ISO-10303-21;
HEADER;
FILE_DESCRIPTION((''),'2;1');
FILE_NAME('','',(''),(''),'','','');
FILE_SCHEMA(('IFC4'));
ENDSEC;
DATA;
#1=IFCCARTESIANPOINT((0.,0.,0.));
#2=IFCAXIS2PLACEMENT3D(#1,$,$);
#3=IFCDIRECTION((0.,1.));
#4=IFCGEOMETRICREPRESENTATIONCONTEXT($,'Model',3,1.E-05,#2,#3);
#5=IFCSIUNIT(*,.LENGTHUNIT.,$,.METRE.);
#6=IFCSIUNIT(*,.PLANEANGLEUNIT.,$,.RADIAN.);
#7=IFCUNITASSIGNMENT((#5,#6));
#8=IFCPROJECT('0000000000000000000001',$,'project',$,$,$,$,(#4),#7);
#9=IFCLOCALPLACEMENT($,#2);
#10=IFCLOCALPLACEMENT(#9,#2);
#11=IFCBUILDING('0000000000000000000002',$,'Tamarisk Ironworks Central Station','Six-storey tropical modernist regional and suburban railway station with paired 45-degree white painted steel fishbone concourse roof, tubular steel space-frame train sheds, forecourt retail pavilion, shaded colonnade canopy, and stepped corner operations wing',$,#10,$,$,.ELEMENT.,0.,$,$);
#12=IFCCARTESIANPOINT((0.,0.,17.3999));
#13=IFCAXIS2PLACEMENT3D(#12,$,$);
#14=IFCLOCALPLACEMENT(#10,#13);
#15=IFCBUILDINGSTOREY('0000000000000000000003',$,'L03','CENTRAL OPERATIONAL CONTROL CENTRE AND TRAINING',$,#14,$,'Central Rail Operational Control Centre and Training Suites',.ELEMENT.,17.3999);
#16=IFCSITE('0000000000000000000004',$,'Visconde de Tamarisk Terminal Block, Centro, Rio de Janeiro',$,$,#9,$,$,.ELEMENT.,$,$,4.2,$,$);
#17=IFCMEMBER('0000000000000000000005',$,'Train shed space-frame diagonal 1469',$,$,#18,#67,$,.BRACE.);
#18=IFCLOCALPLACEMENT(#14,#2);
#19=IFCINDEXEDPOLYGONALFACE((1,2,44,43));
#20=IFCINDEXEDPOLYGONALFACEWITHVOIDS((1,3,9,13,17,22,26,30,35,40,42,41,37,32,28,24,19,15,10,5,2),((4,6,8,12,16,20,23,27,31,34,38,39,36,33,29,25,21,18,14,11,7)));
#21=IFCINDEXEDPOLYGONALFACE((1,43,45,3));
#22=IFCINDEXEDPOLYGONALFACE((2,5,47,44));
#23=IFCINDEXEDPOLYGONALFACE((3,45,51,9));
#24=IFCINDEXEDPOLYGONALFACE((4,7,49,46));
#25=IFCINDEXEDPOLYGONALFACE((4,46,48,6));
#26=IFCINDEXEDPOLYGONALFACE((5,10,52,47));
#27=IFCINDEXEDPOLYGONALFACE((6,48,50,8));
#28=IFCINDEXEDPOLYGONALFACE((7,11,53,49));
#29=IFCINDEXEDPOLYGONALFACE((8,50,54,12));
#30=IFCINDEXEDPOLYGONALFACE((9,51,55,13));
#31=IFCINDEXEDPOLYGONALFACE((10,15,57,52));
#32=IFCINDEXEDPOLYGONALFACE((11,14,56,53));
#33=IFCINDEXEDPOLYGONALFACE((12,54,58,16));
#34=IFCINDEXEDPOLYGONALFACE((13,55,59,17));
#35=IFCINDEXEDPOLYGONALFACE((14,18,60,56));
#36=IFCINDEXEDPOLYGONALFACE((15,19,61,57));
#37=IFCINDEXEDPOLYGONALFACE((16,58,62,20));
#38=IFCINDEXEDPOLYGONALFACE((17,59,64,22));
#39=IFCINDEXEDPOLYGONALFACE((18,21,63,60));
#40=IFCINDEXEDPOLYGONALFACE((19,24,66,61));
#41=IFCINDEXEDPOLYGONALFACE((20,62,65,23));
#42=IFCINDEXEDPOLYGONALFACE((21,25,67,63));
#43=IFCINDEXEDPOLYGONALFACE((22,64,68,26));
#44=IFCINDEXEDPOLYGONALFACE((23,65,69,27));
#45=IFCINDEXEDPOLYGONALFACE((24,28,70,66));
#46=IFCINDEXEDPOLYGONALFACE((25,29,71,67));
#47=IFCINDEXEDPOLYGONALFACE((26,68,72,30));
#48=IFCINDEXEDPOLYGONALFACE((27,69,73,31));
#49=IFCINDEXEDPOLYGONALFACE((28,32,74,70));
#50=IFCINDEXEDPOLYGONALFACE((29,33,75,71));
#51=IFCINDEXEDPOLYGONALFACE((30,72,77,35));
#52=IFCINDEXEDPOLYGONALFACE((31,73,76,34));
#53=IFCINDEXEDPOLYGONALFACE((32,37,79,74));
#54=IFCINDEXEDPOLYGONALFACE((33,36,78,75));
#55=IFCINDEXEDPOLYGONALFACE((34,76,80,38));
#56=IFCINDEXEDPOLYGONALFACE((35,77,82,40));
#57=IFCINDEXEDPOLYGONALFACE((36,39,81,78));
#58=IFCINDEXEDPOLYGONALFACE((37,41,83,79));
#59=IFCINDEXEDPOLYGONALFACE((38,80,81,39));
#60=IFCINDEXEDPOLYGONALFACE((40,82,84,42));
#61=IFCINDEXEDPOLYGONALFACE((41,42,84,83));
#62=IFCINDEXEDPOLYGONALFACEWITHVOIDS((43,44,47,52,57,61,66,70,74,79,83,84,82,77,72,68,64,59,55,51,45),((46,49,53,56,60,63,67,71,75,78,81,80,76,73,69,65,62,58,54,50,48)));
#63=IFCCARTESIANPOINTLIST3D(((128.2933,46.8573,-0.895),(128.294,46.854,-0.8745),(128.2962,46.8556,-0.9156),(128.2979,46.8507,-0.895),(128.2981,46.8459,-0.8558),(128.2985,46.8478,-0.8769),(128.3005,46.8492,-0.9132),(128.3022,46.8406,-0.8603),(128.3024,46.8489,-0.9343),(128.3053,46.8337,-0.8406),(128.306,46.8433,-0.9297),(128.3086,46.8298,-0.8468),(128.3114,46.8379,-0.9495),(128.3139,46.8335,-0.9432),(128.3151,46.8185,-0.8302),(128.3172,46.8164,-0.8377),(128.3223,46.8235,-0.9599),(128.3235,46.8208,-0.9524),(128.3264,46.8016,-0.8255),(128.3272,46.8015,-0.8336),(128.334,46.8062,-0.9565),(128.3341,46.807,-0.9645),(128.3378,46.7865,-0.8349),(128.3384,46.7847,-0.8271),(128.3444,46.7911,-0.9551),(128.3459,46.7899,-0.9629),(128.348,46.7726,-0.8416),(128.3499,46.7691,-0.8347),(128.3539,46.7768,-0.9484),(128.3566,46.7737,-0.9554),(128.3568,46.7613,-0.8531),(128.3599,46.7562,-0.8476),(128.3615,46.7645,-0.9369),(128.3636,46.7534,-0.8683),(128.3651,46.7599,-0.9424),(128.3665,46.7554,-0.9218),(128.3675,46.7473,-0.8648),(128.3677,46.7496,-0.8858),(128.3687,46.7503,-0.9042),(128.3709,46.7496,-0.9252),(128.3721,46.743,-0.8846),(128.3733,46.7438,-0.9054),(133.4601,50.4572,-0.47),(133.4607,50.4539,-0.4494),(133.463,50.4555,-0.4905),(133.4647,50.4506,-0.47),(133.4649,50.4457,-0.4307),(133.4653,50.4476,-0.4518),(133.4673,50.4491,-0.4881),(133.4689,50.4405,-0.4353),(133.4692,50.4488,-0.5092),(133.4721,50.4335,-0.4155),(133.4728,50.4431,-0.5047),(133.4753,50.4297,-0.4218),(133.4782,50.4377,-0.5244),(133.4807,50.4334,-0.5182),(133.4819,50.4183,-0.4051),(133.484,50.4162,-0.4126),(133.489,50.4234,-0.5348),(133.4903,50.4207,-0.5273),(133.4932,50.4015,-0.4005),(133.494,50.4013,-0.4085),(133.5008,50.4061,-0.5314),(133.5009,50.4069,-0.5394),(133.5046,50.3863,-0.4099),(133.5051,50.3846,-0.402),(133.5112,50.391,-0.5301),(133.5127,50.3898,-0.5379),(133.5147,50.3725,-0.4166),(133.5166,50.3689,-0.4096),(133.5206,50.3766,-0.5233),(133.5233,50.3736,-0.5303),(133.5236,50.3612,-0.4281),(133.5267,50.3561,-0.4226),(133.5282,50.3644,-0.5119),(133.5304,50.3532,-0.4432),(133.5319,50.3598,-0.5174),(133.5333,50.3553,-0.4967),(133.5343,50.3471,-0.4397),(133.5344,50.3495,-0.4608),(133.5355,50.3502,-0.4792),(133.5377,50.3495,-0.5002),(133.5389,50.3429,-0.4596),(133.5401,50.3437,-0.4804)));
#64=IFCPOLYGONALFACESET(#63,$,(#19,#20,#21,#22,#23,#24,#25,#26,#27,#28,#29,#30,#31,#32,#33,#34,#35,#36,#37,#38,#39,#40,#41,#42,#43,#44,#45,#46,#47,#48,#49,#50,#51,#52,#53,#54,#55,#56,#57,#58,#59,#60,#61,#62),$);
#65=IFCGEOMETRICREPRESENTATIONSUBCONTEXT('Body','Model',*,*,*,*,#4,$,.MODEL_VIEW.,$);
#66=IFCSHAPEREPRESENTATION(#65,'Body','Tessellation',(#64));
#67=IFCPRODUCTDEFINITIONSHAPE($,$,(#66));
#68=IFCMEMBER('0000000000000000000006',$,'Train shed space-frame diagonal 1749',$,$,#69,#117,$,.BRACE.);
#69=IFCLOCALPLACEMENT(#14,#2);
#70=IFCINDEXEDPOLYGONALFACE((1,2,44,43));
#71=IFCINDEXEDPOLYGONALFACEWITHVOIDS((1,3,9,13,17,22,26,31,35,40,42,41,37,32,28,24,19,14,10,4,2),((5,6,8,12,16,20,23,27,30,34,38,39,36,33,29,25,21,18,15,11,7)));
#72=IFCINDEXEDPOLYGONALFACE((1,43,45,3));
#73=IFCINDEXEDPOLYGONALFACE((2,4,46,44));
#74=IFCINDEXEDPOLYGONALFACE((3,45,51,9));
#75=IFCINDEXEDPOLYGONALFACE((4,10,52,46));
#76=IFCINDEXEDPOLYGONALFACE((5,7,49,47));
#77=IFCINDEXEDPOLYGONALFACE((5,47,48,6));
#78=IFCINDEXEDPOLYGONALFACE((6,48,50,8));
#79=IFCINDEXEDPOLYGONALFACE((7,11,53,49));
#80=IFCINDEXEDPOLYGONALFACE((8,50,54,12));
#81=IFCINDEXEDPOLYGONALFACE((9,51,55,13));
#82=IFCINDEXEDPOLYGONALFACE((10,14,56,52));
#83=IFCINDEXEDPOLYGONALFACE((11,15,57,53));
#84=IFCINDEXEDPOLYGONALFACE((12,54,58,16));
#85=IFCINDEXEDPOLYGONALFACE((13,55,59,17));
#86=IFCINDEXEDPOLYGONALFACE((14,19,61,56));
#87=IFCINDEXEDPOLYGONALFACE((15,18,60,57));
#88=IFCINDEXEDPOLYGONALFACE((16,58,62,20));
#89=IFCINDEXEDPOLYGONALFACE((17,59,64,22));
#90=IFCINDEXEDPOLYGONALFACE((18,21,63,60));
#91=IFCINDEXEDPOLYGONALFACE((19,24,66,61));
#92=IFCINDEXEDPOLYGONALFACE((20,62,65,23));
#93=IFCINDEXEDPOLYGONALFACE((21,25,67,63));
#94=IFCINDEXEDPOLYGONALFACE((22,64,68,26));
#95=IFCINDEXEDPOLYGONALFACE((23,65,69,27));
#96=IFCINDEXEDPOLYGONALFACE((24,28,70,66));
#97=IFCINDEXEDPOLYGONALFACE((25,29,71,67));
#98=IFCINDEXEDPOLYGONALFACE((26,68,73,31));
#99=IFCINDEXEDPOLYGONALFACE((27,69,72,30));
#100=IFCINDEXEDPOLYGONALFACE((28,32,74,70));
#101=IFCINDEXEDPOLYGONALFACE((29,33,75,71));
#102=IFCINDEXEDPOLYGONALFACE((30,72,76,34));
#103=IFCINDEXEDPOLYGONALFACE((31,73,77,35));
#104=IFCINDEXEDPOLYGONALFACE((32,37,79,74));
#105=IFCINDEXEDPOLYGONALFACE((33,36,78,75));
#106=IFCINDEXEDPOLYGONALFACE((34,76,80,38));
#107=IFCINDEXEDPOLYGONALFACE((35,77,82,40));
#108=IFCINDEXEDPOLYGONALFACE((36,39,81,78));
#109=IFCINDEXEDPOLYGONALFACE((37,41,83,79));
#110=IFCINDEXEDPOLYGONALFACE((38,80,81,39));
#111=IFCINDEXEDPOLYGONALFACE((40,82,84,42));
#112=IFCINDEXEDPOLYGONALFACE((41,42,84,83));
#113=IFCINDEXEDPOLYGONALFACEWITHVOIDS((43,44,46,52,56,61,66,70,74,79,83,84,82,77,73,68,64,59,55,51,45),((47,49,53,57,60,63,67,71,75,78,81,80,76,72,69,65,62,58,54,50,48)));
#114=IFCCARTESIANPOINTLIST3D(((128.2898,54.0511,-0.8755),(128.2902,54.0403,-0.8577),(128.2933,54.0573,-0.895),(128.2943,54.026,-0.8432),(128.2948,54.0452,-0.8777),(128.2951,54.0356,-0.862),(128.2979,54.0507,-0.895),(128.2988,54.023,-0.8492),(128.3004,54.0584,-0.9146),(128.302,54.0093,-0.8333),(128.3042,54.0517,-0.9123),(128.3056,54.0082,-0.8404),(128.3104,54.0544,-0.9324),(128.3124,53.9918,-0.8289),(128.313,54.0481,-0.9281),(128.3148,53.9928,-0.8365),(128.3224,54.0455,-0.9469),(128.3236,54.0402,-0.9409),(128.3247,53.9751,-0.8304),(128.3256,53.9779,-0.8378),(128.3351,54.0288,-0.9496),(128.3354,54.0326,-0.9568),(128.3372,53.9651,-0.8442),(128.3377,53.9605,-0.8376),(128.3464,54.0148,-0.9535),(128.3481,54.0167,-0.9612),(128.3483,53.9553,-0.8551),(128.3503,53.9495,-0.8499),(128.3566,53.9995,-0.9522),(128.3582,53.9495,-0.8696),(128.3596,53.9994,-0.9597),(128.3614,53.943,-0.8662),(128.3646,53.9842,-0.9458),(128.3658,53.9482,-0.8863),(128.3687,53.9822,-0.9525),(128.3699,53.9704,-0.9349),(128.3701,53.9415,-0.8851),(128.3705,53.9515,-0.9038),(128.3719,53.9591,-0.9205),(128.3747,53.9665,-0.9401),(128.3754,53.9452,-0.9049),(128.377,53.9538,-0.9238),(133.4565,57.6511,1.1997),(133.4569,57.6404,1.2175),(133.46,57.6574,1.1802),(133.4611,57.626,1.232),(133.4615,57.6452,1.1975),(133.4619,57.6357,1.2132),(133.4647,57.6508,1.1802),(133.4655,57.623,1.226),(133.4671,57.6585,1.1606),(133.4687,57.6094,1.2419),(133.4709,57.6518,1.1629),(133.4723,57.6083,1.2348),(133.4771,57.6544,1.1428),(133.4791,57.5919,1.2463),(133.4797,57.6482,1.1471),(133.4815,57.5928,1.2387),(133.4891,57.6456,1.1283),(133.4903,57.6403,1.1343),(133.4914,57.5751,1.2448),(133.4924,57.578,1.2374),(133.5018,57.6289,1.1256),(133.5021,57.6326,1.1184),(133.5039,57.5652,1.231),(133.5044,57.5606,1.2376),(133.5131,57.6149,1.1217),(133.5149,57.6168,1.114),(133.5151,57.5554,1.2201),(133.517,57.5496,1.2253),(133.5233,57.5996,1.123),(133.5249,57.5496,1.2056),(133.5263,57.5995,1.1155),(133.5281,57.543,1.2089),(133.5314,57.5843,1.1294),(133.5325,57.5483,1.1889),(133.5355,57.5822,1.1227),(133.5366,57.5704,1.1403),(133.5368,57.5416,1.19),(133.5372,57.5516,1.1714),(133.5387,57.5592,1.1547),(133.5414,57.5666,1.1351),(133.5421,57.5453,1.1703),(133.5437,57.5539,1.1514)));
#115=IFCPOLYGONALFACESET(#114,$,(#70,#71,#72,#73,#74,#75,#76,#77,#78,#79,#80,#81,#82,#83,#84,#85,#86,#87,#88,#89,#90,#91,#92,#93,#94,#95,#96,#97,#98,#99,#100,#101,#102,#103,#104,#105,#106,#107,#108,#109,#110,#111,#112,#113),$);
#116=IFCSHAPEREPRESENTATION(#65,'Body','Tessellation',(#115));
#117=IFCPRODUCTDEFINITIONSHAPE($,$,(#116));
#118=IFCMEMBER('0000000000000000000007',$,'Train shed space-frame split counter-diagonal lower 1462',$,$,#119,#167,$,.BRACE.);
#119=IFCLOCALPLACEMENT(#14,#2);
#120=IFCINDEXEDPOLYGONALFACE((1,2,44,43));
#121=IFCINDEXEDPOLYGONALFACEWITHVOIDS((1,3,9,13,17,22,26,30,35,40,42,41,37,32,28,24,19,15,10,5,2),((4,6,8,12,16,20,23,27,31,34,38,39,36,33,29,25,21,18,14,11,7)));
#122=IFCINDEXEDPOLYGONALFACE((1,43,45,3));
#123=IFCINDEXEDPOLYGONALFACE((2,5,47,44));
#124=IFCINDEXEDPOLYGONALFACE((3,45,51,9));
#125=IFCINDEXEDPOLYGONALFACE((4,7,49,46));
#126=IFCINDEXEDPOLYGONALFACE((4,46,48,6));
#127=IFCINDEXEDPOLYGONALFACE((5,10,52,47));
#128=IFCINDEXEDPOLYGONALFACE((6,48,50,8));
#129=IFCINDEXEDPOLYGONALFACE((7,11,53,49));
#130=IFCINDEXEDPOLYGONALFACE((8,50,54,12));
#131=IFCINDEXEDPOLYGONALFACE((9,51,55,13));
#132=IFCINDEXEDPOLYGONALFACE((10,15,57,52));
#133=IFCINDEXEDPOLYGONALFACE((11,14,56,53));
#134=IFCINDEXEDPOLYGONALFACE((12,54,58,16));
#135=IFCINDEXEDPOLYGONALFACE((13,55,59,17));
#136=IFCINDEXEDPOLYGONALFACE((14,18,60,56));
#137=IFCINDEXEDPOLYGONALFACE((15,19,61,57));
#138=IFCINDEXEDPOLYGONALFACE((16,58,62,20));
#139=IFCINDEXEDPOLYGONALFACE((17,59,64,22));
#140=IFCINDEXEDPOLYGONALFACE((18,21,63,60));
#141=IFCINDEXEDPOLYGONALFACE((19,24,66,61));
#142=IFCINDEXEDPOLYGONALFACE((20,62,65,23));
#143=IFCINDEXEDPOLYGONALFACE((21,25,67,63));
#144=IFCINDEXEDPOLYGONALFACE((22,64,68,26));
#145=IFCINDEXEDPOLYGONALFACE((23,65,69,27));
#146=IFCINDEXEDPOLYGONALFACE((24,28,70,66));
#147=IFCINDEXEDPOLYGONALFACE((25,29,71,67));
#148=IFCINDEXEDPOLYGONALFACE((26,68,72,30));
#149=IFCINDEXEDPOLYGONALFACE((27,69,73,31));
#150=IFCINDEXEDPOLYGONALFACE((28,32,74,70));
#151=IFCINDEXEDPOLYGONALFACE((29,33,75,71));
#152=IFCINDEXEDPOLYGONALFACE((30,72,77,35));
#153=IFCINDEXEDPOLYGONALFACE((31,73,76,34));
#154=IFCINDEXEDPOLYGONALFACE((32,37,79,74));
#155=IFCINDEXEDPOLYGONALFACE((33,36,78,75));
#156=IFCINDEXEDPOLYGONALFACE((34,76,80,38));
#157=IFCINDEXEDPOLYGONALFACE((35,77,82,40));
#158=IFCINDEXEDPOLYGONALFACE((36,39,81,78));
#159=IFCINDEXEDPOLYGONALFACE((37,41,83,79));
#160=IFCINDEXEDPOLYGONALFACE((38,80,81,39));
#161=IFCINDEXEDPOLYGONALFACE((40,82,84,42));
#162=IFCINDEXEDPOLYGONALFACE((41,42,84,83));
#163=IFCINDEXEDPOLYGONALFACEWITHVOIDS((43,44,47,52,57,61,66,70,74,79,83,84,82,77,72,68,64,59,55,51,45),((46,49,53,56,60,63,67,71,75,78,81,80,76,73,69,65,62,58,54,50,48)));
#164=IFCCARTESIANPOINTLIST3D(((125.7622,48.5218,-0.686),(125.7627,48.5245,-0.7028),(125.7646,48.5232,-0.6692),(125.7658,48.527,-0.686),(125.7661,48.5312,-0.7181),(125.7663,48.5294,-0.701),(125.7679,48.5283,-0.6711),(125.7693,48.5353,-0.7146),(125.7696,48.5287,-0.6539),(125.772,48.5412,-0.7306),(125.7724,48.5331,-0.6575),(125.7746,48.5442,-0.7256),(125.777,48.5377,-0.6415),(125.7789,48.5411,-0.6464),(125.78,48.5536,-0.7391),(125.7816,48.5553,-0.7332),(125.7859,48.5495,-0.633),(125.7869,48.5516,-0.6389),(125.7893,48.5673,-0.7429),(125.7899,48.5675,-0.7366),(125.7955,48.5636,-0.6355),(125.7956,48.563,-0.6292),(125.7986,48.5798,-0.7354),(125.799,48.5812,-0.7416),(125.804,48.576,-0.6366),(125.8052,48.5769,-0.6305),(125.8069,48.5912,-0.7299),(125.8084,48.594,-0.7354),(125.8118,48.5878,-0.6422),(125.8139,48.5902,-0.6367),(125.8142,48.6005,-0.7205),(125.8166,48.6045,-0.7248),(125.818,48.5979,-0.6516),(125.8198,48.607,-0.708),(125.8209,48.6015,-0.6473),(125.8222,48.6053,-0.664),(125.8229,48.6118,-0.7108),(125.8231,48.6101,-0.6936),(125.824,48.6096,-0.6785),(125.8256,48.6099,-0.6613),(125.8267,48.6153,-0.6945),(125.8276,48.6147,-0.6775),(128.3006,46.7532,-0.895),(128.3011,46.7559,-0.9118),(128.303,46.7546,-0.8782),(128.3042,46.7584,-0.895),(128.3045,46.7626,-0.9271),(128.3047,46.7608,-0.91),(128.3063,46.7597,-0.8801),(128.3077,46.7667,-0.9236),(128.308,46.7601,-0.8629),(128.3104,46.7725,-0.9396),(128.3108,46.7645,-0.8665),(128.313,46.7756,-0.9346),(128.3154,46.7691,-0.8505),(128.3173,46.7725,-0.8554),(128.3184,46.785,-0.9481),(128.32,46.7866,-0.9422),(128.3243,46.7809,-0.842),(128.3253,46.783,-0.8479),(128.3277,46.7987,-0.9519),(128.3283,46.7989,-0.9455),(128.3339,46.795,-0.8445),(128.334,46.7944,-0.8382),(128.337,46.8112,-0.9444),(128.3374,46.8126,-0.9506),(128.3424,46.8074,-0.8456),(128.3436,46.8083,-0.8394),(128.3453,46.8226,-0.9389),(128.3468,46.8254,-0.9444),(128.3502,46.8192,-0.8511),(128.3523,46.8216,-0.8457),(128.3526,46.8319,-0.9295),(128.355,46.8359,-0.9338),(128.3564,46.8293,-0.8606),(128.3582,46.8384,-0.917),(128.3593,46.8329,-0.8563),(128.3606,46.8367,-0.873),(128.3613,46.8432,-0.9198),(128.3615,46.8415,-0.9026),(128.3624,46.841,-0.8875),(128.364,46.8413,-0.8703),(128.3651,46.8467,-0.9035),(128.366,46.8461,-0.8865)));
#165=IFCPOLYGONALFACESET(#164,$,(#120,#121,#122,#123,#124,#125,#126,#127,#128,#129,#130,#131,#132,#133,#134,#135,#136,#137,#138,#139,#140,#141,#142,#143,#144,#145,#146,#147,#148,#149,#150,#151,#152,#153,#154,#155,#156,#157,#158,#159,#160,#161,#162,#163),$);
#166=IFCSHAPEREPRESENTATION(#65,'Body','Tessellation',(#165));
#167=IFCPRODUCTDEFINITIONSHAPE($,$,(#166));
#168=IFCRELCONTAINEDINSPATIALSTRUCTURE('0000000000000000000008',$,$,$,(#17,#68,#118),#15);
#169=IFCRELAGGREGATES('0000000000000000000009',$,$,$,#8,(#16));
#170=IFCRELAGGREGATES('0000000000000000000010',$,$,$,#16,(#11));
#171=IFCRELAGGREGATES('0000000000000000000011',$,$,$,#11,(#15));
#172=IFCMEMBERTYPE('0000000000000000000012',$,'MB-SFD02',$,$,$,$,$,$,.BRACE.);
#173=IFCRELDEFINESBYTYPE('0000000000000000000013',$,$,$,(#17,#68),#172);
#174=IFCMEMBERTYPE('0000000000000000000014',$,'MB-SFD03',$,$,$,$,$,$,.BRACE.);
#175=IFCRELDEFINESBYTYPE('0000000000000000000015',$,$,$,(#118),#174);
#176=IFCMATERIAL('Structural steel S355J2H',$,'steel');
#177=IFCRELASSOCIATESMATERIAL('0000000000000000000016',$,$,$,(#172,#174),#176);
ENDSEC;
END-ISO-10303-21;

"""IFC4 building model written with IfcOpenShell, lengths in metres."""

from ifc_helpers import new_model, si_unit, direction, frame, origin, origin_2d, place, context, subcontext, project, spatial, hollow_circle, extrude, material, material_profile, profile_set, type_object, element, save


model = new_model("IFC4")

# Units and contexts
model_context = context("Model", 3, precision=1e-05, world=origin(), true_north=direction((0.0, 1.0)))
body_context = subcontext(model_context, "Body", "Model", "MODEL_VIEW")
ifc_project = project(units=[si_unit("LENGTHUNIT", "METRE"), si_unit("PLANEANGLEUNIT", "RADIAN")], contexts=[model_context])

# Site, building, storey
site_placement = place(None, origin())
site = spatial("IfcSite", under=ifc_project, at=site_placement, Name="Visconde de Tamarisk Terminal Block, Centro, Rio de Janeiro", CompositionType="ELEMENT", RefElevation=4.2)
building_placement = place(site_placement, origin())
building = spatial("IfcBuilding", under=site, at=building_placement, Name="Tamarisk Ironworks Central Station", Description="Six-storey tropical modernist regional and suburban railway station with paired 45-degree white painted steel fishbone concourse roof, tubular steel space-frame train sheds, forecourt retail pavilion, shaded colonnade canopy, and stepped corner operations wing", CompositionType="ELEMENT", ElevationOfRefHeight=0.0)
storey_placement = place(building_placement, frame((0.0, 0.0, 17.3999)))
storey = spatial("IfcBuildingStorey", under=building, at=storey_placement, Name="L03", Description="CENTRAL OPERATIONAL CONTROL CENTRE AND TRAINING", LongName="Central Rail Operational Control Centre and Training Suites", CompositionType="ELEMENT", Elevation=17.3999)

# Members
ifc_material_1 = material(Name="Structural steel S355J2H", Category="steel")
ifc_material_profile_1 = material_profile(ifc_material_1, hollow_circle(Radius=0.0698, WallThickness=0.0081, at=origin_2d()), Name="CHS 139.7x8")
ifc_profile_set_1 = profile_set([ifc_material_profile_1], Name="Structural steel S355J2H")
member_type_1 = type_object("IfcMemberType", Name="MB-SFD02", PredefinedType="BRACE", material=ifc_profile_set_1)
member_1_placement = place(storey_placement, frame((128.3333, 46.8, -0.895), z_axis=(0.818626, 0.570365, 0.067345), x_axis=(-0.571663, 0.820489, 0.0)))
element("IfcMember", 1, at=member_1_placement, inside=storey, type_object=member_type_1, Name="Train shed space-frame diagonal 1469", PredefinedType="BRACE", context=body_context, shape_type="SweptSolid", body=[
    extrude(hollow_circle(Radius=0.0698, WallThickness=0.0081, at=origin_2d()), origin(), (0.0, 0.0, 1.0), 6.3115),
])
member_2_placement = place(storey_placement, frame((128.3333, 54.0, -0.895), z_axis=(0.779249, 0.542967, 0.312981), x_axis=(-0.571689, 0.82047, 0.0)))
element("IfcMember", 2, at=member_2_placement, inside=storey, type_object=member_type_1, Name="Train shed space-frame diagonal 1749", PredefinedType="BRACE", context=body_context, shape_type="SweptSolid", body=[
    extrude(hollow_circle(Radius=0.0698, WallThickness=0.0081, at=origin_2d()), origin(), (0.0, 0.0, 1.0), 6.6304),
])
ifc_material_profile_2 = material_profile(ifc_material_1, hollow_circle(Radius=0.0571, WallThickness=0.0063, at=origin_2d()), Name="CHS 114.3x6.3")
ifc_profile_set_2 = profile_set([ifc_material_profile_2], Name="Structural steel S355J2H")
member_type_2 = type_object("IfcMemberType", Name="MB-SFD03", PredefinedType="BRACE", material=ifc_profile_set_2)
for number, where, z_axis, x_axis, name in (
    (3, (128.3333, 46.8, -0.895), (-0.818621, 0.570366, 0.067398), (-0.571666, -0.820487, 0.0), "Train shed space-frame split counter-diagonal lower 1462"),
):
    element("IfcMember", number, at=place(storey_placement, frame(where, z_axis=z_axis, x_axis=x_axis)), inside=storey, type_object=member_type_2, Name=name, PredefinedType="BRACE", context=body_context, shape_type="SweptSolid", body=[
        extrude(hollow_circle(Radius=0.0571, WallThickness=0.0063, at=origin_2d()), origin(), (0.0, 0.0, 1.0), 3.1008),
    ])

save(model, "model.ifc")
